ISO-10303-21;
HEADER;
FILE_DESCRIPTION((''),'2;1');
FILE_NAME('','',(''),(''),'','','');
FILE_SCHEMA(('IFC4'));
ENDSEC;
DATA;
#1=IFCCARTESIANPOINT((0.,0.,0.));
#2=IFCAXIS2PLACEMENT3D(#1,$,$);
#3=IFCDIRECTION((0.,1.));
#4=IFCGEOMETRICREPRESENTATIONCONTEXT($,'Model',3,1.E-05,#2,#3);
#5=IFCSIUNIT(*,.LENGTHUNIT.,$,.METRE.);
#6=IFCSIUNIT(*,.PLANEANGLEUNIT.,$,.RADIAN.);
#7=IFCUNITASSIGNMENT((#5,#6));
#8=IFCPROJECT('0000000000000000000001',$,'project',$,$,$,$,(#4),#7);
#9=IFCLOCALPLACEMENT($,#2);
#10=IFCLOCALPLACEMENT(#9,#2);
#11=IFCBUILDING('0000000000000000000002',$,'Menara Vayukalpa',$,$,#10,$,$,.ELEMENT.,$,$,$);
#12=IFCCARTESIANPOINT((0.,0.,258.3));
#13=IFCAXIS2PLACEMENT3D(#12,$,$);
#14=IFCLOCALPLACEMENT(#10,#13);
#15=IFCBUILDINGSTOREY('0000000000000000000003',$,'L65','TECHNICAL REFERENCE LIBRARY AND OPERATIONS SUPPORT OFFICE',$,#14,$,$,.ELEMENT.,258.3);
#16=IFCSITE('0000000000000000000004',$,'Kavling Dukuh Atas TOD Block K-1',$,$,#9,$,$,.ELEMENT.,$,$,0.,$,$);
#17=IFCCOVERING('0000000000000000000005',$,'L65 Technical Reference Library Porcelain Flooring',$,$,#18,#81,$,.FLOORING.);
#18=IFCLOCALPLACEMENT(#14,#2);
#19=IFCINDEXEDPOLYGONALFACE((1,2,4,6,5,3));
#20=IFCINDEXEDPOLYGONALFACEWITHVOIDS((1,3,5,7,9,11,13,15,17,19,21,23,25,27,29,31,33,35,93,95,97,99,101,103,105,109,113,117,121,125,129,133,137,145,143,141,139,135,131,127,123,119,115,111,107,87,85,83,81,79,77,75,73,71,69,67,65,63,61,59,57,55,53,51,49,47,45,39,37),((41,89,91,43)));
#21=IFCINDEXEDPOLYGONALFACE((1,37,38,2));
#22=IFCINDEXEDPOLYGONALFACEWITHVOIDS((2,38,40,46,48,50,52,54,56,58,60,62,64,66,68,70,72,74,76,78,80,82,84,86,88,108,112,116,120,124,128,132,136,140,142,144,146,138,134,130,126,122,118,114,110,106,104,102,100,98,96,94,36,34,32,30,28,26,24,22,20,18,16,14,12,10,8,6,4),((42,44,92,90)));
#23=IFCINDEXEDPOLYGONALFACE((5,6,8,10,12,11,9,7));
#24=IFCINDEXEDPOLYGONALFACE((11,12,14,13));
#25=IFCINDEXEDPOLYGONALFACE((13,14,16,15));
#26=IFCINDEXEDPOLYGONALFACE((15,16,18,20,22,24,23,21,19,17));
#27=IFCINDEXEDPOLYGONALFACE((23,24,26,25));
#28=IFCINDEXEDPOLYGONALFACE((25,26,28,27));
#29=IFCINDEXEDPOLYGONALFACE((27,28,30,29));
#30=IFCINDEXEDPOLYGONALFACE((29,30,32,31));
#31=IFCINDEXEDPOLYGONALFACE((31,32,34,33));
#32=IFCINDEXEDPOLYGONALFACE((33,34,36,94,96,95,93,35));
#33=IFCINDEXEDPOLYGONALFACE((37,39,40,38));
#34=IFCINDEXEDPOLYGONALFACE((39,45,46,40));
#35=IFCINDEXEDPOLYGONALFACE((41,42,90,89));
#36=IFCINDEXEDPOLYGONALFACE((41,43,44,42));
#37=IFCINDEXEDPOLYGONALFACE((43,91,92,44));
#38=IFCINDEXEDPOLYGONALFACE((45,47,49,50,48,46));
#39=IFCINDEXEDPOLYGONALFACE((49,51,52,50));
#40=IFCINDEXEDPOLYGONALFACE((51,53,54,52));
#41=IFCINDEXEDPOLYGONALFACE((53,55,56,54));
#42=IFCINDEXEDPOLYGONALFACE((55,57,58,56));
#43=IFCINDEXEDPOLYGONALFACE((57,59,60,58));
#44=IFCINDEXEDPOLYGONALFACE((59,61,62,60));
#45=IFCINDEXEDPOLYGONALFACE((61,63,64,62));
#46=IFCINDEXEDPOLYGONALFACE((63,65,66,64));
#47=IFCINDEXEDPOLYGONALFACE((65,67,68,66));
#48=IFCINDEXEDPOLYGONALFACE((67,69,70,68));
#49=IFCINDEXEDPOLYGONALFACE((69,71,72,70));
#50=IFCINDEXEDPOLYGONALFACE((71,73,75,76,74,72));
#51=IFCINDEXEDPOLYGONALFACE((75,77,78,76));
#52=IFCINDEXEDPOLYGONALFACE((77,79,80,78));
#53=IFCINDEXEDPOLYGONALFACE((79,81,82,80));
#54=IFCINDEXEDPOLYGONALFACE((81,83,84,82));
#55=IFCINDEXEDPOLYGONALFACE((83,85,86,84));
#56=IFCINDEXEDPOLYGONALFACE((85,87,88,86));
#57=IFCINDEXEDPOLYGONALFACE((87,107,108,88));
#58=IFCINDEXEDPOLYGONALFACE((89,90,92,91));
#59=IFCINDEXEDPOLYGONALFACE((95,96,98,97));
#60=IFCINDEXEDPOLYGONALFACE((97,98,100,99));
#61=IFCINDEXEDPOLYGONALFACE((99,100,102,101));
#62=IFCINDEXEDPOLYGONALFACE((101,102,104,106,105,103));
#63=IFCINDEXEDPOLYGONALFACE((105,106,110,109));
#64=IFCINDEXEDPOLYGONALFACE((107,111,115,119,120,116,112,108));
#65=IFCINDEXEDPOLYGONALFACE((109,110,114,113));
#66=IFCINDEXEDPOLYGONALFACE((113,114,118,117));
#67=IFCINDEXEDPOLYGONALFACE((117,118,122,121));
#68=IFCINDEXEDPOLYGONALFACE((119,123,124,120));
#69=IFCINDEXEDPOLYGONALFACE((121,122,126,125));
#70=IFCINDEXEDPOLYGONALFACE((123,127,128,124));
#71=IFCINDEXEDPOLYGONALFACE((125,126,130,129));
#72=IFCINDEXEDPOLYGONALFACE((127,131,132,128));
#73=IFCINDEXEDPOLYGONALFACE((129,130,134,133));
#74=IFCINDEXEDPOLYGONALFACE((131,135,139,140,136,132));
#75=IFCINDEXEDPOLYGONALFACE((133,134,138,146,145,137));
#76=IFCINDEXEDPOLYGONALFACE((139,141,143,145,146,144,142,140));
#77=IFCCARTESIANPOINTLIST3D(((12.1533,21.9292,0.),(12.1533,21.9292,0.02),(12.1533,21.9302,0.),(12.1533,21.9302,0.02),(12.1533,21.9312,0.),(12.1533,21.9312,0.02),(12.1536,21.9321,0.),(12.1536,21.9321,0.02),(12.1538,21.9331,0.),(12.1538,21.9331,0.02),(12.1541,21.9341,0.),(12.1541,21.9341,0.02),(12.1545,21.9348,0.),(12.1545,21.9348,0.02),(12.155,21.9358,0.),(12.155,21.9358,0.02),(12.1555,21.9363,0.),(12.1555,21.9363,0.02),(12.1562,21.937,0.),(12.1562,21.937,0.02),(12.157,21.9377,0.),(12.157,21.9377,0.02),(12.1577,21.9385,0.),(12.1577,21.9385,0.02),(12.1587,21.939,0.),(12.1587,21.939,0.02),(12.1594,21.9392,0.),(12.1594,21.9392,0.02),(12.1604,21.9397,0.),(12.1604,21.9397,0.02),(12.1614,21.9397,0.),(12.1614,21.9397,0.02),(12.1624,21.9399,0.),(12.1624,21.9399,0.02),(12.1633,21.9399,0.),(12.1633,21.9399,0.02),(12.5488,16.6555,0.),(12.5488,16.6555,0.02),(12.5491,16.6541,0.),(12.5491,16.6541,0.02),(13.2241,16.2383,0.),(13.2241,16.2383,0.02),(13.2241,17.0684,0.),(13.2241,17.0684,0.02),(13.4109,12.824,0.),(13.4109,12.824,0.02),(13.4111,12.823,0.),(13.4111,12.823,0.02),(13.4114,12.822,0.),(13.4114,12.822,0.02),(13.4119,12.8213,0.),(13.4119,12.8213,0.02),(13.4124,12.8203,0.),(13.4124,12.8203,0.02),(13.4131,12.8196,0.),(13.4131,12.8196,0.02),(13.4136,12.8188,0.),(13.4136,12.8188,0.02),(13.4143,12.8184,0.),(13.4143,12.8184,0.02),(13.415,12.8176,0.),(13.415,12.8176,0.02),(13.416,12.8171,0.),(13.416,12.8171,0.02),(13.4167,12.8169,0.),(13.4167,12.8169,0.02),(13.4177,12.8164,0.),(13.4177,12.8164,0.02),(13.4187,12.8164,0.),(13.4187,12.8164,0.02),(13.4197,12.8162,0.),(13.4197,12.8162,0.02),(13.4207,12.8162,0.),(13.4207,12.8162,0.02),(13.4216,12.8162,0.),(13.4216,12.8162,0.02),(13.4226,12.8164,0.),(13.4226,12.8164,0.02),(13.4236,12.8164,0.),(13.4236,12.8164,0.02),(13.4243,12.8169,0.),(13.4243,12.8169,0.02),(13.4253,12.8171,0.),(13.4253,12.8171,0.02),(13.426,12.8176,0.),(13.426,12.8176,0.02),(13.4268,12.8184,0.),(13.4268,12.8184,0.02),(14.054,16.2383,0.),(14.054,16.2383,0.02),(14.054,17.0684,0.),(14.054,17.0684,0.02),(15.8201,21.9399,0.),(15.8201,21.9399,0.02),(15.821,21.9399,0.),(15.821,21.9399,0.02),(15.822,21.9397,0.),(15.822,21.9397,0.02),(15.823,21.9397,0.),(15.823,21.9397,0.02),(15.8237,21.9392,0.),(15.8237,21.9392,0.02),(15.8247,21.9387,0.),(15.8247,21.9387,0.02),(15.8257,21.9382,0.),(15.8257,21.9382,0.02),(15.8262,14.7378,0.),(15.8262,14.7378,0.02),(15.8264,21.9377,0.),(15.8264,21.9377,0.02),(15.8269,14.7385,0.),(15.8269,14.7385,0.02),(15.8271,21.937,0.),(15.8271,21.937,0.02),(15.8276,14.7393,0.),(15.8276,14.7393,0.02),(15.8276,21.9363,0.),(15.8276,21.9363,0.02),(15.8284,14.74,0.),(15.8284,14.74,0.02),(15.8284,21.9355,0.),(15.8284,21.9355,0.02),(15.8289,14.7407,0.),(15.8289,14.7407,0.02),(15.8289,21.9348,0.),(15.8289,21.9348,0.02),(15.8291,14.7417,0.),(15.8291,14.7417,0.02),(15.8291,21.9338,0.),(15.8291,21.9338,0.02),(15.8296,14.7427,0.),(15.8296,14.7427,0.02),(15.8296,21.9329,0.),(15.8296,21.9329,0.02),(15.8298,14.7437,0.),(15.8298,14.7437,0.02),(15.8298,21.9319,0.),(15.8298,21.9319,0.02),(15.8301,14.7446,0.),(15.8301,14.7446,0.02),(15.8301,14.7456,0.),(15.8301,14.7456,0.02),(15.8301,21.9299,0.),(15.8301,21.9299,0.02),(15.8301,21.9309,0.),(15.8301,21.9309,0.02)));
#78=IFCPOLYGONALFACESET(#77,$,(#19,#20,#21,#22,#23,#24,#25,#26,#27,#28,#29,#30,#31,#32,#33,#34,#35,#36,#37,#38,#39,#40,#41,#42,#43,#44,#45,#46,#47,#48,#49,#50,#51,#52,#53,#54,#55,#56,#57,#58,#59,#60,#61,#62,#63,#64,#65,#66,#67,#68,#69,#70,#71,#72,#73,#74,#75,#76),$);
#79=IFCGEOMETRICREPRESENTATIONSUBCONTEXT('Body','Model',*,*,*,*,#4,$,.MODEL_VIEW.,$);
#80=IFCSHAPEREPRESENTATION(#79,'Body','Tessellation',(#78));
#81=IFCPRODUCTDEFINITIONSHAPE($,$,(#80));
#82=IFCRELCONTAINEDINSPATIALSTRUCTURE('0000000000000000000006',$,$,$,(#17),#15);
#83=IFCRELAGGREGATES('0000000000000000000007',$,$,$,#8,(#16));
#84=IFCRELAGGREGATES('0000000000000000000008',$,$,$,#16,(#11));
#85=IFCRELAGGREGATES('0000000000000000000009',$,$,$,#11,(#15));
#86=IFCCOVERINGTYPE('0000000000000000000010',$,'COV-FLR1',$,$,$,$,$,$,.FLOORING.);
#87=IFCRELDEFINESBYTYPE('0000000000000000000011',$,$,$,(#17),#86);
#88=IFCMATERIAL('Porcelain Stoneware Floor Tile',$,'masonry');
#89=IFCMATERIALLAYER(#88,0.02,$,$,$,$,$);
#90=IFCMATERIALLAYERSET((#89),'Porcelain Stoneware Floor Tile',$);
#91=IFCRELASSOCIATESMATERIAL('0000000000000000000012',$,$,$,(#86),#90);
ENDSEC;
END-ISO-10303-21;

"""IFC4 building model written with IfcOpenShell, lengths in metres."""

from ifc_helpers import new_model, si_unit, direction, frame, origin, place, context, subcontext, project, spatial, polyline, outline, extrude, material, layer, layer_set, type_object, element, save


model = new_model("IFC4")

# Units and contexts
model_context = context("Model", 3, precision=1e-05, world=origin(), true_north=direction((0.0, 1.0)))
body_context = subcontext(model_context, "Body", "Model", "MODEL_VIEW")
ifc_project = project(units=[si_unit("LENGTHUNIT", "METRE"), si_unit("PLANEANGLEUNIT", "RADIAN")], contexts=[model_context])

# Site, building, storey
site_placement = place(None, origin())
site = spatial("IfcSite", under=ifc_project, at=site_placement, Name="Kavling Dukuh Atas TOD Block K-1", CompositionType="ELEMENT", RefElevation=0.0)
building_placement = place(site_placement, origin())
building = spatial("IfcBuilding", under=site, at=building_placement, Name="Menara Vayukalpa", CompositionType="ELEMENT")
storey_placement = place(building_placement, frame((0.0, 0.0, 258.3)))
storey = spatial("IfcBuildingStorey", under=building, at=storey_placement, Name="L65", Description="TECHNICAL REFERENCE LIBRARY AND OPERATIONS SUPPORT OFFICE", CompositionType="ELEMENT", Elevation=258.3)

# Covering
ifc_material_1 = material(Name="Porcelain Stoneware Floor Tile", Category="masonry")
ifc_layer_1 = layer(ifc_material_1, 0.02)
ifc_layer_set_1 = layer_set([ifc_layer_1], Name="Porcelain Stoneware Floor Tile")
covering_type_1 = type_object("IfcCoveringType", Name="COV-FLR1", PredefinedType="FLOORING", material=ifc_layer_set_1)
covering_1_placement = place(storey_placement, origin())
element("IfcCovering", 1, at=covering_1_placement, inside=storey, type_object=covering_type_1, Name="L65 Technical Reference Library Porcelain Flooring", PredefinedType="FLOORING", context=body_context, shape_type="SweptSolid", body=[
    extrude(outline(polyline([(12.1533, 21.9292), (12.1533, 21.9302), (12.1533, 21.9312), (12.1536, 21.9321), (12.1538, 21.9331), (12.1541, 21.9341), (12.1545, 21.9348), (12.155, 21.9358), (12.1555, 21.9363), (12.1562, 21.937), (12.157, 21.9377), (12.1577, 21.9385), (12.1587, 21.939), (12.1594, 21.9392), (12.1604, 21.9397), (12.1614, 21.9397), (12.1624, 21.9399), (12.1633, 21.9399), (15.8201, 21.9399), (15.821, 21.9399), (15.822, 21.9397), (15.823, 21.9397), (15.8237, 21.9392), (15.8247, 21.9387), (15.8257, 21.9382), (15.8264, 21.9377), (15.8271, 21.937), (15.8276, 21.9363), (15.8284, 21.9355), (15.8289, 21.9348), (15.8291, 21.9338), (15.8296, 21.9329), (15.8298, 21.9319), (15.8301, 21.9309), (15.8301, 21.9299), (15.8301, 14.7456), (15.8301, 14.7446), (15.8298, 14.7437), (15.8296, 14.7427), (15.8291, 14.7417), (15.8289, 14.7407), (15.8284, 14.74), (15.8276, 14.7393), (15.8269, 14.7385), (15.8262, 14.7378), (13.4268, 12.8184), (13.426, 12.8176), (13.4253, 12.8171), (13.4243, 12.8169), (13.4236, 12.8164), (13.4226, 12.8164), (13.4216, 12.8162), (13.4207, 12.8162), (13.4197, 12.8162), (13.4187, 12.8164), (13.4177, 12.8164), (13.4167, 12.8169), (13.416, 12.8171), (13.415, 12.8176), (13.4143, 12.8184), (13.4136, 12.8188), (13.4131, 12.8196), (13.4124, 12.8203), (13.4119, 12.8213), (13.4114, 12.822), (13.4111, 12.823), (13.4109, 12.824), (12.5491, 16.6541), (12.5488, 16.6555), (12.1533, 21.9292)]), holes=[polyline([(14.054, 17.0684), (13.2241, 17.0684), (13.2241, 16.2383), (14.054, 16.2383), (14.054, 17.0684)])]), origin(), (0.0, 0.0, 1.0), 0.02),
])

save(model, "model.ifc")
